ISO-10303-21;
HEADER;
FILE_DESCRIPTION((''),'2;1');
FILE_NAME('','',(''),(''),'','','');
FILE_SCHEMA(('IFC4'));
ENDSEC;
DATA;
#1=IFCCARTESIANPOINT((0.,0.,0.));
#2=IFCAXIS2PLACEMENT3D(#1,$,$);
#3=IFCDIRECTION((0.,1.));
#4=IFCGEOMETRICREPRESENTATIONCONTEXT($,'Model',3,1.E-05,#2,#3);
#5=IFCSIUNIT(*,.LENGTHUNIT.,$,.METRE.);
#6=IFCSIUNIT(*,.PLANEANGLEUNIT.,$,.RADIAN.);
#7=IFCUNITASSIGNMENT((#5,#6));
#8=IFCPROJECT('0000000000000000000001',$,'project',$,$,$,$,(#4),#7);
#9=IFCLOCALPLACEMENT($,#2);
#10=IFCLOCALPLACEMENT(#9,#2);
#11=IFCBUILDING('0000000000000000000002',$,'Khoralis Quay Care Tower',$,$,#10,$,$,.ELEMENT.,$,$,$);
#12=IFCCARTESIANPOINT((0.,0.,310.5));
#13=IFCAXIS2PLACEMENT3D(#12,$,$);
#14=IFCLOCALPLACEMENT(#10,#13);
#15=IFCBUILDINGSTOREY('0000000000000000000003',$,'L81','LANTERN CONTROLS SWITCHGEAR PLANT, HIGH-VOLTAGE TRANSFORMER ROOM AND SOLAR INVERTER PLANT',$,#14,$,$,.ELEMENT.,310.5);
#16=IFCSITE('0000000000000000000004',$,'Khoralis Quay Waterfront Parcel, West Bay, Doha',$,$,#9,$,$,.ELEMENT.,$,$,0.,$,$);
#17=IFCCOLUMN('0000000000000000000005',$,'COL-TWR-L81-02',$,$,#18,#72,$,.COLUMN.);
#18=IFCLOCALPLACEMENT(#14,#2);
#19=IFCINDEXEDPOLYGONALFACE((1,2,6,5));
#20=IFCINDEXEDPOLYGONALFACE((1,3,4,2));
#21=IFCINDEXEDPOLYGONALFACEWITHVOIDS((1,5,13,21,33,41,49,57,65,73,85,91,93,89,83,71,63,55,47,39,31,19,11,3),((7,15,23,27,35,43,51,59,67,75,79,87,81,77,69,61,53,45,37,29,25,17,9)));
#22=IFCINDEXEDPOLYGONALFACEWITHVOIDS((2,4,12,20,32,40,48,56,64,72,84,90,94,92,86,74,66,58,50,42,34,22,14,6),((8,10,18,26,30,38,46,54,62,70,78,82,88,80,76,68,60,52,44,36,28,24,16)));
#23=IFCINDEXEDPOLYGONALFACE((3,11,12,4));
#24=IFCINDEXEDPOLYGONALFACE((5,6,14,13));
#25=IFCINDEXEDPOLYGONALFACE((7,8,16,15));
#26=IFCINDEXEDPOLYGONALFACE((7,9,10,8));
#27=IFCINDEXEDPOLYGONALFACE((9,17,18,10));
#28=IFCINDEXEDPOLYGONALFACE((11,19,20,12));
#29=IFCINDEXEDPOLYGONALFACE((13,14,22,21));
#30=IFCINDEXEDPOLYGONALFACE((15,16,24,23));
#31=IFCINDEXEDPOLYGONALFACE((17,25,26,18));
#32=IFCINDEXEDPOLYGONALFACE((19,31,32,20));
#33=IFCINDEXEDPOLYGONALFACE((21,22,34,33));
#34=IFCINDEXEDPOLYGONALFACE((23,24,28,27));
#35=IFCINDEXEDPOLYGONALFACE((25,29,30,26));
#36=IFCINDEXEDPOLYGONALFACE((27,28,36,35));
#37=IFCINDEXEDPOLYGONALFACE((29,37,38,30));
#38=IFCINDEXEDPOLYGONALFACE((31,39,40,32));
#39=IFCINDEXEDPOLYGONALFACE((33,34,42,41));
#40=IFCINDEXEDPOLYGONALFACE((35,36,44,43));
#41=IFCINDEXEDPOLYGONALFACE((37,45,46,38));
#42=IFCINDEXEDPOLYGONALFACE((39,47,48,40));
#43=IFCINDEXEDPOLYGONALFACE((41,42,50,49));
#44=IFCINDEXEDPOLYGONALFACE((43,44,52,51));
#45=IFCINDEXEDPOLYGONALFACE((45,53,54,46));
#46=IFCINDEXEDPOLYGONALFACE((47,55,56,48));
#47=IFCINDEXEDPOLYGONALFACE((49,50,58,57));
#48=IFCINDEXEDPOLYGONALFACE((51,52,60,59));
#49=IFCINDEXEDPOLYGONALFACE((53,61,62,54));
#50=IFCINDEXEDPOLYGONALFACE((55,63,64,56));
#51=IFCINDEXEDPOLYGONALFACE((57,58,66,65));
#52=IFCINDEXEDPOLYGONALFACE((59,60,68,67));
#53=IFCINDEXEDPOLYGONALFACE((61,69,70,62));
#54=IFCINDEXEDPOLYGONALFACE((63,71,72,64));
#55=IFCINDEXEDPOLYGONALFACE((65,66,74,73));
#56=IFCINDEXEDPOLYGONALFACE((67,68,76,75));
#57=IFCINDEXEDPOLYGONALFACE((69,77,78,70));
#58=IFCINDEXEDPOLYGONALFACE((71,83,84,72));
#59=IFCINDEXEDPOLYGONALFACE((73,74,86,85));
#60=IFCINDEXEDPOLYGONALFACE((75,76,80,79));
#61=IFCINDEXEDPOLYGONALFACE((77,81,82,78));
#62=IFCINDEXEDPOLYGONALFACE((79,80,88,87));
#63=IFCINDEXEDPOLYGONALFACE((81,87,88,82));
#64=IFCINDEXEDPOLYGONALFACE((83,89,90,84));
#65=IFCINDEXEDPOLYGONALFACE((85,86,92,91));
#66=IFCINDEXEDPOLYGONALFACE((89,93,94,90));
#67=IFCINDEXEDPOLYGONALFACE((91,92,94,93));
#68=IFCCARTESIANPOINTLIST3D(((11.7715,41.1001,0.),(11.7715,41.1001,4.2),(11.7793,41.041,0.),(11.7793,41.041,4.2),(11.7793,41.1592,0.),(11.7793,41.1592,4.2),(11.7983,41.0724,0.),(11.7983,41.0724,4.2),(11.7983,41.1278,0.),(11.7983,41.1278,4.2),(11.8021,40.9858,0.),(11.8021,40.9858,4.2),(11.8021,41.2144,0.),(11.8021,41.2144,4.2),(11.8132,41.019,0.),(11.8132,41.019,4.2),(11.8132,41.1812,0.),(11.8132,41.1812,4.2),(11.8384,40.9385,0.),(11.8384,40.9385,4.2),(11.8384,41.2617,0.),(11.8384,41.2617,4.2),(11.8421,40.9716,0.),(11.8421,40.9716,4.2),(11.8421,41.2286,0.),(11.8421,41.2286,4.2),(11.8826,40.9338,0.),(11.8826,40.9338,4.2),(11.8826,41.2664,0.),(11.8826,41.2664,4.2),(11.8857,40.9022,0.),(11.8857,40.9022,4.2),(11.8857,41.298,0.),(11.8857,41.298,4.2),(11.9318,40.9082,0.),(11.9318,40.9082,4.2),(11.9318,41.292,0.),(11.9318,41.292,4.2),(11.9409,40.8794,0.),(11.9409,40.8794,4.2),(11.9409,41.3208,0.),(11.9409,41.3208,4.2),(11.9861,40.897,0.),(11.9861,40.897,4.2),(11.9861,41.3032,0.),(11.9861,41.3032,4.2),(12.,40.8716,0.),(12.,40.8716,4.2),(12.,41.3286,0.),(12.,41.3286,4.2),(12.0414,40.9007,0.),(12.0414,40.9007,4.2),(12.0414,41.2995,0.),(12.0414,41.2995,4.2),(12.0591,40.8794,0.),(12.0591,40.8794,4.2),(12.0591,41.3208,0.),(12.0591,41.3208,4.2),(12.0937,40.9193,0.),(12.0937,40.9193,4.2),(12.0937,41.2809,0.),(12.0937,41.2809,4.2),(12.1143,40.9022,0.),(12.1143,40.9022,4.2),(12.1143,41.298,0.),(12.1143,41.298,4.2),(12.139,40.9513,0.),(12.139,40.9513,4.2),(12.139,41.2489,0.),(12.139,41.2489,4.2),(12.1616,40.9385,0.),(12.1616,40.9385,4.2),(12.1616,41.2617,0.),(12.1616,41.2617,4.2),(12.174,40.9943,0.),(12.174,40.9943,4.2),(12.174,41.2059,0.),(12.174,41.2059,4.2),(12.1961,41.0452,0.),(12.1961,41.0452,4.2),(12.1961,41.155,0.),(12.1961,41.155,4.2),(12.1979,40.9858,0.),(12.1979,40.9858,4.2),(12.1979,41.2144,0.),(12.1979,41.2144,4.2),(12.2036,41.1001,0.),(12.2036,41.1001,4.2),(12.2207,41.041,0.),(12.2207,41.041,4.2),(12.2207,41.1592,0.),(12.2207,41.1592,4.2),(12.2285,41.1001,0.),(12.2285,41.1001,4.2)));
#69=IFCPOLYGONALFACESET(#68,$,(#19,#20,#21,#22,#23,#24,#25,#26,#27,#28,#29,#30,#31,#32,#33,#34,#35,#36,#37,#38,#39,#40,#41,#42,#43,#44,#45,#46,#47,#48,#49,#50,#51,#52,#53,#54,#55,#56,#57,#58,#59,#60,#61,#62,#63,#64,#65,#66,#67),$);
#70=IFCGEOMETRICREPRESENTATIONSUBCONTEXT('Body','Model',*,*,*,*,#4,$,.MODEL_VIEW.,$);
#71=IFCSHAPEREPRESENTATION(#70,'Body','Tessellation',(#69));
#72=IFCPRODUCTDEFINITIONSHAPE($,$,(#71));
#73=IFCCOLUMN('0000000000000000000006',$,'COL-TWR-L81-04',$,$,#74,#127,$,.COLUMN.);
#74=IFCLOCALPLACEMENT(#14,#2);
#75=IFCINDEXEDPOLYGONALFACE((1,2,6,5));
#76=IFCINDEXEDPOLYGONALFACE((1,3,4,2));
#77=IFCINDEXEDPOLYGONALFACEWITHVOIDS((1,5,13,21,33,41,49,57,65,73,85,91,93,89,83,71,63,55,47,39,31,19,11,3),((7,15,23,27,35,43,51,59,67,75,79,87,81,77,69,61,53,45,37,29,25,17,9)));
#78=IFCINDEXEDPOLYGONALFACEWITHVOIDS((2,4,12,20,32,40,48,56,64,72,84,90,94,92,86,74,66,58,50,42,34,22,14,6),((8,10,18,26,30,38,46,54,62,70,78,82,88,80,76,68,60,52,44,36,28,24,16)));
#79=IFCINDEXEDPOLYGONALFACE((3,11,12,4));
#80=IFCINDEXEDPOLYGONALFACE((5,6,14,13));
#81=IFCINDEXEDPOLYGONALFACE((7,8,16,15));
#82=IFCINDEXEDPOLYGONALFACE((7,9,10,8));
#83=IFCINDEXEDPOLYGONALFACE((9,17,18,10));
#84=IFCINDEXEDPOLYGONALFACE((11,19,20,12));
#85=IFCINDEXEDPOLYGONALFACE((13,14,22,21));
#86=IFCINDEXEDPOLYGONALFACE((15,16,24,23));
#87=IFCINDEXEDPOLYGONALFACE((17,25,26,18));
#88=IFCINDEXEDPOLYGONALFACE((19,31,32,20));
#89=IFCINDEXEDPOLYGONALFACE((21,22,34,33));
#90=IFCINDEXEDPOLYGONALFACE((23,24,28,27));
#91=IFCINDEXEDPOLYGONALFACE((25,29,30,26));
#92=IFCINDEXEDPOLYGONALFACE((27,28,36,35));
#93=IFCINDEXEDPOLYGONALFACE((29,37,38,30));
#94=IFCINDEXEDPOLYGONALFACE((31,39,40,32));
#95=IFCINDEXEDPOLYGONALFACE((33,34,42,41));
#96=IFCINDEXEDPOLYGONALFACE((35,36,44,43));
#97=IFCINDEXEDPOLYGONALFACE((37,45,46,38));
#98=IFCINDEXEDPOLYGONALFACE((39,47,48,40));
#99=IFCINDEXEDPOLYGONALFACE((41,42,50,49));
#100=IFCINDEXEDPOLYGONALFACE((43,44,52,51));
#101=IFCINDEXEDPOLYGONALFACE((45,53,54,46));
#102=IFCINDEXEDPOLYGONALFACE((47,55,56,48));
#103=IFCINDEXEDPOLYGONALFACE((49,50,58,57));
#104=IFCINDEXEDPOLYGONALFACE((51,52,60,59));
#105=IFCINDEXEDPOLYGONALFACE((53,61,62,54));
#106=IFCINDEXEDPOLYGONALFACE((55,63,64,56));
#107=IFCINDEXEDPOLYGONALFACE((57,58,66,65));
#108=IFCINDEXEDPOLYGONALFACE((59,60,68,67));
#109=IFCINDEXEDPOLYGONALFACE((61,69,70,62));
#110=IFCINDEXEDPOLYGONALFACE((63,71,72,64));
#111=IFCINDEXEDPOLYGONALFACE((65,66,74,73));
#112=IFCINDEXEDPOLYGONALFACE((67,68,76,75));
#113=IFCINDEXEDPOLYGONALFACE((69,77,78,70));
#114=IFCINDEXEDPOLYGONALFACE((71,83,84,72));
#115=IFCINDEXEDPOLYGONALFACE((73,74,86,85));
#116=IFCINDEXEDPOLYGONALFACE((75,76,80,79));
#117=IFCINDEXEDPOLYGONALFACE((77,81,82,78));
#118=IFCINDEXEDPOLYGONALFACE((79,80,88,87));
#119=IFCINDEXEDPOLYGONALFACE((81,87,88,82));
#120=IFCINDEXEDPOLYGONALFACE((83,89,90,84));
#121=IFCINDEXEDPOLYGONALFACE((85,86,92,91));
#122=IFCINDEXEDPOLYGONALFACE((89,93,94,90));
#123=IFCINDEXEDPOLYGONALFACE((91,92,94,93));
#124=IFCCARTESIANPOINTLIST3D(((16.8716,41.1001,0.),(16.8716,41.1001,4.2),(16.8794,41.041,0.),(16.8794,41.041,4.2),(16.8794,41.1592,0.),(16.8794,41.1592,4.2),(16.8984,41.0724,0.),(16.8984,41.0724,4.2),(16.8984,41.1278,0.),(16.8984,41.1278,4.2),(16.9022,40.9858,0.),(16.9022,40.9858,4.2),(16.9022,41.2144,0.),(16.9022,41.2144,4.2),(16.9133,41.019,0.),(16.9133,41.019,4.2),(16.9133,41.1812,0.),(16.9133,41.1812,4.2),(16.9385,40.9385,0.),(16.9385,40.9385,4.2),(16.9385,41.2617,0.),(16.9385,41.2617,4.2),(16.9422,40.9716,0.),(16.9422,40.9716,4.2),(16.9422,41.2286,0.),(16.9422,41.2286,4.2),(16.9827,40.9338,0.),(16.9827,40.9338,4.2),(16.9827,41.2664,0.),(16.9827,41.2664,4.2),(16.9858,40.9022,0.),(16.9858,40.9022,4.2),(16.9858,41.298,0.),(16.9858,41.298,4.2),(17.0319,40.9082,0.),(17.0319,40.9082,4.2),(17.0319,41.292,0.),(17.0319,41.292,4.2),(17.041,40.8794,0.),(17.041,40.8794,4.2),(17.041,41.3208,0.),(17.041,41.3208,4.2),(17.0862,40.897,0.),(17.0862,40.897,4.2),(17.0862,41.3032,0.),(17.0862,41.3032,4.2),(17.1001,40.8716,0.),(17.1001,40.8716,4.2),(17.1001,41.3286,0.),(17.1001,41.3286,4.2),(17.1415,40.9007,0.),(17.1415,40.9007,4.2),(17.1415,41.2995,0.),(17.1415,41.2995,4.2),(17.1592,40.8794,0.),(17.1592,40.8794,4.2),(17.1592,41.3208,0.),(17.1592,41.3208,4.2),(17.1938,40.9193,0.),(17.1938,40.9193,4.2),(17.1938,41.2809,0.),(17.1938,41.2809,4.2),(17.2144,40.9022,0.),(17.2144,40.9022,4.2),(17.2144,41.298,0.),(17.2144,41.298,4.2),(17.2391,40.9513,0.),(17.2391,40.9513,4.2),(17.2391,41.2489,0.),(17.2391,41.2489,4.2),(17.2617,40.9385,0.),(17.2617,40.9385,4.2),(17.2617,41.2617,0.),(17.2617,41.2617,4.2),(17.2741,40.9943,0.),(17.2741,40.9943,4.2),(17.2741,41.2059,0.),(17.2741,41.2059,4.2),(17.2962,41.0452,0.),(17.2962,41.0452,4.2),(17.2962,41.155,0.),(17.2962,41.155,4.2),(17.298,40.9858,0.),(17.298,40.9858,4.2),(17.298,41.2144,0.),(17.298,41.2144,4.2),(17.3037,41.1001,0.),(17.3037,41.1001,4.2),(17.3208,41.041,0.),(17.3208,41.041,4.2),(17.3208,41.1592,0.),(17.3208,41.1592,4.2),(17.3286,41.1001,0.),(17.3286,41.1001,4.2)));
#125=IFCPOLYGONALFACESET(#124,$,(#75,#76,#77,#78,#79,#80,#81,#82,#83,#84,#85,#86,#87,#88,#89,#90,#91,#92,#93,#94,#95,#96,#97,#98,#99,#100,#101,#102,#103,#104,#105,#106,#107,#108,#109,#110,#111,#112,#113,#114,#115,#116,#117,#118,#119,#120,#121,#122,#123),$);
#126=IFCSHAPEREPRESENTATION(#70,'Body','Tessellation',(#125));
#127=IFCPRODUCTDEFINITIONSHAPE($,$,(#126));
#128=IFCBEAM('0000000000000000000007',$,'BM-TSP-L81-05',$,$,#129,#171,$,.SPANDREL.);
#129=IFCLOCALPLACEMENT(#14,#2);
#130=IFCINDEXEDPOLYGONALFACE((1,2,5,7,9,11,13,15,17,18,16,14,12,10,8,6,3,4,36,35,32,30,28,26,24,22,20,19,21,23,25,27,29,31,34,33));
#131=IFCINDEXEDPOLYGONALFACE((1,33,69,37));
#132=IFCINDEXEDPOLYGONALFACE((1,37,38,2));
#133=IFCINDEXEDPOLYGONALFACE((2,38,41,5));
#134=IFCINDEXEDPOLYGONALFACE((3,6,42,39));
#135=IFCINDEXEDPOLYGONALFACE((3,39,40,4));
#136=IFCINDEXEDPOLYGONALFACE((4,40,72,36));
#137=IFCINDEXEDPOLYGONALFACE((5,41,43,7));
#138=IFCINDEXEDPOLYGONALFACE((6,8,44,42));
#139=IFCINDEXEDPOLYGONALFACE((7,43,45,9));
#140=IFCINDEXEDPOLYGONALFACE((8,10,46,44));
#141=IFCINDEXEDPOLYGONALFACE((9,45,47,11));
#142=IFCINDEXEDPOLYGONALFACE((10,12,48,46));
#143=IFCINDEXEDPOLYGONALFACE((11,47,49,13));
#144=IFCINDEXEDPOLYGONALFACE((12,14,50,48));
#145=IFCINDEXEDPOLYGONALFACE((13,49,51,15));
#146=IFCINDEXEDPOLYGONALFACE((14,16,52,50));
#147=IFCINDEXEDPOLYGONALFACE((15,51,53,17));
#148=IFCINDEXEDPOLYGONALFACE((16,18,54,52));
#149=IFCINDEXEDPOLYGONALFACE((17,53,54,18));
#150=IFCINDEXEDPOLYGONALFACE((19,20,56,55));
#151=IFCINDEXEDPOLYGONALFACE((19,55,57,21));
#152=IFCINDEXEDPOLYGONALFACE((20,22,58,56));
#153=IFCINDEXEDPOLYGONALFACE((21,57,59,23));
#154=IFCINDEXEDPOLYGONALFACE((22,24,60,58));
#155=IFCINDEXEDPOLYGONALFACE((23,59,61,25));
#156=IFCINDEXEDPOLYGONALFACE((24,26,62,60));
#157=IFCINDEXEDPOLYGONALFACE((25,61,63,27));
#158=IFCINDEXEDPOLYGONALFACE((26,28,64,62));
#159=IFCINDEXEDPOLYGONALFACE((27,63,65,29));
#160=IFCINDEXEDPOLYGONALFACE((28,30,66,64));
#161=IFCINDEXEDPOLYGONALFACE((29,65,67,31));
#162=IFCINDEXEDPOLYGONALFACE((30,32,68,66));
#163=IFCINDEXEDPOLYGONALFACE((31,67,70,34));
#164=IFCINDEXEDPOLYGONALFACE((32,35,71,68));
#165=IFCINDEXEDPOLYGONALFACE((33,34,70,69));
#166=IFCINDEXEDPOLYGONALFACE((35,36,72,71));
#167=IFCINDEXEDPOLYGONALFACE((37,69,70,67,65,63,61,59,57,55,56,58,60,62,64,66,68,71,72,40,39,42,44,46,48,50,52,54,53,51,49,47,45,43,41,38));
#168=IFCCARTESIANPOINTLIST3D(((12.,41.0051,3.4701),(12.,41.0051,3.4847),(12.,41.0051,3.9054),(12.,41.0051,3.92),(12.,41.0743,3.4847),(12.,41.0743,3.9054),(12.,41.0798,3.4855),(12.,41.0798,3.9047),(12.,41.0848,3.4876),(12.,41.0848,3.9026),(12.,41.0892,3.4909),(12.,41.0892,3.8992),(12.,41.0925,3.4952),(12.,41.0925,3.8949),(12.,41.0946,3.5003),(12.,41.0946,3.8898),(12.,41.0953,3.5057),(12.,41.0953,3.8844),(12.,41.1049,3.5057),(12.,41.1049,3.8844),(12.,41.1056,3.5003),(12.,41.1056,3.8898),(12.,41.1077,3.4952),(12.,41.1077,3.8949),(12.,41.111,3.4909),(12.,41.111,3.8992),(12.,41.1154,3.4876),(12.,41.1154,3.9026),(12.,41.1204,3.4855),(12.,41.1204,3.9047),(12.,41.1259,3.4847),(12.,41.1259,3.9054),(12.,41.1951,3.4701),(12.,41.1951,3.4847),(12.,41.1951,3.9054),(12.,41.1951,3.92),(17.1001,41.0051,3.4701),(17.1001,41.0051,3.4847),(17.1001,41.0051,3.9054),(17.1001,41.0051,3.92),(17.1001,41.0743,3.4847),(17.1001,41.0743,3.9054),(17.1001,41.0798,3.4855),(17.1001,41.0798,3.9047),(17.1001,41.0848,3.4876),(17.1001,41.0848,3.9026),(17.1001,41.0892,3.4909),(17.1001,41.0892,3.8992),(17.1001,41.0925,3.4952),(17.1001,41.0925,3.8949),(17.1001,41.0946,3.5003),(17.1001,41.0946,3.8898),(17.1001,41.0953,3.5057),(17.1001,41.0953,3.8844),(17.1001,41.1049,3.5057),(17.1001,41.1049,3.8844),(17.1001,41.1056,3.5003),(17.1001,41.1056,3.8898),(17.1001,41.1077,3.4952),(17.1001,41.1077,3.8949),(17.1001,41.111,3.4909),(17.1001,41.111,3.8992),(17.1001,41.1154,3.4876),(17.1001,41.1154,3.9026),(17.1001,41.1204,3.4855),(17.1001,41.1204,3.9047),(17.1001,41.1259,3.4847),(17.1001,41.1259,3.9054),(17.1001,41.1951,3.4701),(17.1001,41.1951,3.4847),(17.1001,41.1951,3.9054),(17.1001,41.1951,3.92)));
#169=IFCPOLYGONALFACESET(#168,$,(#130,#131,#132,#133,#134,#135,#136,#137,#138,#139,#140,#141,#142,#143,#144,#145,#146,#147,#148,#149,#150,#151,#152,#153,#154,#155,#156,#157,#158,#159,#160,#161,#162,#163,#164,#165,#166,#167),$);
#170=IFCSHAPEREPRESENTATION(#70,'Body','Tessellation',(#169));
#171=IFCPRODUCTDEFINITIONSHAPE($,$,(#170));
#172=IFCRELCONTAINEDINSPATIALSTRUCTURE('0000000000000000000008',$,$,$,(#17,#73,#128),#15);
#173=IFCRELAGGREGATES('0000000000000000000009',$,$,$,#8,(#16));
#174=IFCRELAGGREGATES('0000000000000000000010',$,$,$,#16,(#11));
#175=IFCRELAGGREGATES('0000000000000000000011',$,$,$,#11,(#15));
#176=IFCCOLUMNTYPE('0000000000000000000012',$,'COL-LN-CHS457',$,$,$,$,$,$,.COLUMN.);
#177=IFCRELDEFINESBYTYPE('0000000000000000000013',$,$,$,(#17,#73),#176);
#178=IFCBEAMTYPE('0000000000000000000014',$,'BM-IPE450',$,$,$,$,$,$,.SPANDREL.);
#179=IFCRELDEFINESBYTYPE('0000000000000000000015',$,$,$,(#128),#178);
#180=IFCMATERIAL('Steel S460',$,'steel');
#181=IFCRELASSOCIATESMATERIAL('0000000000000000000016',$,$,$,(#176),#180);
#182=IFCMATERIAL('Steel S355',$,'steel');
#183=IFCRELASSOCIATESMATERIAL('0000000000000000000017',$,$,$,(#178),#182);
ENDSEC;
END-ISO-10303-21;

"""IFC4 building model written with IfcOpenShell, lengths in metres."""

from ifc_helpers import new_model, si_unit, direction, frame, origin, origin_2d, place, context, subcontext, project, spatial, hollow_circle, i_section, extrude, source, transform, mapped, material, material_profile, profile_set, type_object, element, save


model = new_model("IFC4")

# Units and contexts
model_context = context("Model", 3, precision=1e-05, world=origin(), true_north=direction((0.0, 1.0)))
body_context = subcontext(model_context, "Body", "Model", "MODEL_VIEW")
ifc_project = project(units=[si_unit("LENGTHUNIT", "METRE"), si_unit("PLANEANGLEUNIT", "RADIAN")], contexts=[model_context])

# Site, building, storey
site_placement = place(None, origin())
site = spatial("IfcSite", under=ifc_project, at=site_placement, Name="Khoralis Quay Waterfront Parcel, West Bay, Doha", CompositionType="ELEMENT", RefElevation=0.0)
building_placement = place(site_placement, origin())
building = spatial("IfcBuilding", under=site, at=building_placement, Name="Khoralis Quay Care Tower", CompositionType="ELEMENT")
storey_placement = place(building_placement, frame((0.0, 0.0, 310.5)))
storey = spatial("IfcBuildingStorey", under=building, at=storey_placement, Name="L81", Description="LANTERN CONTROLS SWITCHGEAR PLANT, HIGH-VOLTAGE TRANSFORMER ROOM AND SOLAR INVERTER PLANT", CompositionType="ELEMENT", Elevation=310.5)

# Columns
ifc_material_1 = material(Name="Steel S460", Category="steel")
ifc_material_profile_1 = material_profile(ifc_material_1, hollow_circle(Radius=0.2285, WallThickness=0.0249, at=origin_2d()), Name="Steel S460")
ifc_profile_set_1 = profile_set([ifc_material_profile_1], Name="Steel S460")
column_type = type_object("IfcColumnType", Name="COL-LN-CHS457", PredefinedType="COLUMN", material=ifc_profile_set_1)
shared_shape_1 = source(origin(), body_context, "Body", "SweptSolid", [
    extrude(hollow_circle(Radius=0.2285, WallThickness=0.0249, at=origin_2d()), origin(), (0.0, 0.0, 1.0), 4.2),
])
for number, where, z_axis, x_axis, name in (
    (1, (12.0, 41.1001, 0.0), (0.0, 0.0, 1.0), (1.0, 0.0, 0.0), "COL-TWR-L81-02"),
    (2, (17.1001, 41.1001, 0.0), (0.0, 0.0, 1.0), (1.0, 0.0, 0.0), "COL-TWR-L81-04"),
):
    element("IfcColumn", number, at=place(storey_placement, frame(where, z_axis=z_axis, x_axis=x_axis)), inside=storey, type_object=column_type, Name=name, PredefinedType="COLUMN", context=body_context, shape_type="MappedRepresentation", body=[
        mapped(shared_shape_1, transform((0.0, 0.0, 0.0), scale=1.0)),
    ])

# Beam
ifc_material_2 = material(Name="Steel S355", Category="steel")
ifc_material_profile_2 = material_profile(ifc_material_2, i_section(OverallWidth=0.1899, OverallDepth=0.45, WebThickness=0.0095, FlangeThickness=0.0146, FilletRadius=0.021, at=origin_2d()), Name="Steel S355")
ifc_profile_set_2 = profile_set([ifc_material_profile_2], Name="Steel S355")
beam_type_1 = type_object("IfcBeamType", Name="BM-IPE450", PredefinedType="SPANDREL", material=ifc_profile_set_2)
shared_shape_2 = source(origin(), body_context, "Body", "SweptSolid", [
    extrude(i_section(OverallWidth=0.1899, OverallDepth=0.45, WebThickness=0.0095, FlangeThickness=0.0146, FilletRadius=0.021, at=origin_2d()), origin(), (0.0, 0.0, 1.0), 5.1001),
])
beam_1_placement = place(storey_placement, frame((12.0, 41.1001, 3.6951), z_axis=(1.0, 0.0, 0.0), x_axis=(0.0, 1.0, 0.0)))
element("IfcBeam", 3, at=beam_1_placement, inside=storey, type_object=beam_type_1, Name="BM-TSP-L81-05", PredefinedType="SPANDREL", context=body_context, shape_type="MappedRepresentation", body=[
    mapped(shared_shape_2, transform((0.0, 0.0, 0.0), scale=1.0)),
])

save(model, "model.ifc")
